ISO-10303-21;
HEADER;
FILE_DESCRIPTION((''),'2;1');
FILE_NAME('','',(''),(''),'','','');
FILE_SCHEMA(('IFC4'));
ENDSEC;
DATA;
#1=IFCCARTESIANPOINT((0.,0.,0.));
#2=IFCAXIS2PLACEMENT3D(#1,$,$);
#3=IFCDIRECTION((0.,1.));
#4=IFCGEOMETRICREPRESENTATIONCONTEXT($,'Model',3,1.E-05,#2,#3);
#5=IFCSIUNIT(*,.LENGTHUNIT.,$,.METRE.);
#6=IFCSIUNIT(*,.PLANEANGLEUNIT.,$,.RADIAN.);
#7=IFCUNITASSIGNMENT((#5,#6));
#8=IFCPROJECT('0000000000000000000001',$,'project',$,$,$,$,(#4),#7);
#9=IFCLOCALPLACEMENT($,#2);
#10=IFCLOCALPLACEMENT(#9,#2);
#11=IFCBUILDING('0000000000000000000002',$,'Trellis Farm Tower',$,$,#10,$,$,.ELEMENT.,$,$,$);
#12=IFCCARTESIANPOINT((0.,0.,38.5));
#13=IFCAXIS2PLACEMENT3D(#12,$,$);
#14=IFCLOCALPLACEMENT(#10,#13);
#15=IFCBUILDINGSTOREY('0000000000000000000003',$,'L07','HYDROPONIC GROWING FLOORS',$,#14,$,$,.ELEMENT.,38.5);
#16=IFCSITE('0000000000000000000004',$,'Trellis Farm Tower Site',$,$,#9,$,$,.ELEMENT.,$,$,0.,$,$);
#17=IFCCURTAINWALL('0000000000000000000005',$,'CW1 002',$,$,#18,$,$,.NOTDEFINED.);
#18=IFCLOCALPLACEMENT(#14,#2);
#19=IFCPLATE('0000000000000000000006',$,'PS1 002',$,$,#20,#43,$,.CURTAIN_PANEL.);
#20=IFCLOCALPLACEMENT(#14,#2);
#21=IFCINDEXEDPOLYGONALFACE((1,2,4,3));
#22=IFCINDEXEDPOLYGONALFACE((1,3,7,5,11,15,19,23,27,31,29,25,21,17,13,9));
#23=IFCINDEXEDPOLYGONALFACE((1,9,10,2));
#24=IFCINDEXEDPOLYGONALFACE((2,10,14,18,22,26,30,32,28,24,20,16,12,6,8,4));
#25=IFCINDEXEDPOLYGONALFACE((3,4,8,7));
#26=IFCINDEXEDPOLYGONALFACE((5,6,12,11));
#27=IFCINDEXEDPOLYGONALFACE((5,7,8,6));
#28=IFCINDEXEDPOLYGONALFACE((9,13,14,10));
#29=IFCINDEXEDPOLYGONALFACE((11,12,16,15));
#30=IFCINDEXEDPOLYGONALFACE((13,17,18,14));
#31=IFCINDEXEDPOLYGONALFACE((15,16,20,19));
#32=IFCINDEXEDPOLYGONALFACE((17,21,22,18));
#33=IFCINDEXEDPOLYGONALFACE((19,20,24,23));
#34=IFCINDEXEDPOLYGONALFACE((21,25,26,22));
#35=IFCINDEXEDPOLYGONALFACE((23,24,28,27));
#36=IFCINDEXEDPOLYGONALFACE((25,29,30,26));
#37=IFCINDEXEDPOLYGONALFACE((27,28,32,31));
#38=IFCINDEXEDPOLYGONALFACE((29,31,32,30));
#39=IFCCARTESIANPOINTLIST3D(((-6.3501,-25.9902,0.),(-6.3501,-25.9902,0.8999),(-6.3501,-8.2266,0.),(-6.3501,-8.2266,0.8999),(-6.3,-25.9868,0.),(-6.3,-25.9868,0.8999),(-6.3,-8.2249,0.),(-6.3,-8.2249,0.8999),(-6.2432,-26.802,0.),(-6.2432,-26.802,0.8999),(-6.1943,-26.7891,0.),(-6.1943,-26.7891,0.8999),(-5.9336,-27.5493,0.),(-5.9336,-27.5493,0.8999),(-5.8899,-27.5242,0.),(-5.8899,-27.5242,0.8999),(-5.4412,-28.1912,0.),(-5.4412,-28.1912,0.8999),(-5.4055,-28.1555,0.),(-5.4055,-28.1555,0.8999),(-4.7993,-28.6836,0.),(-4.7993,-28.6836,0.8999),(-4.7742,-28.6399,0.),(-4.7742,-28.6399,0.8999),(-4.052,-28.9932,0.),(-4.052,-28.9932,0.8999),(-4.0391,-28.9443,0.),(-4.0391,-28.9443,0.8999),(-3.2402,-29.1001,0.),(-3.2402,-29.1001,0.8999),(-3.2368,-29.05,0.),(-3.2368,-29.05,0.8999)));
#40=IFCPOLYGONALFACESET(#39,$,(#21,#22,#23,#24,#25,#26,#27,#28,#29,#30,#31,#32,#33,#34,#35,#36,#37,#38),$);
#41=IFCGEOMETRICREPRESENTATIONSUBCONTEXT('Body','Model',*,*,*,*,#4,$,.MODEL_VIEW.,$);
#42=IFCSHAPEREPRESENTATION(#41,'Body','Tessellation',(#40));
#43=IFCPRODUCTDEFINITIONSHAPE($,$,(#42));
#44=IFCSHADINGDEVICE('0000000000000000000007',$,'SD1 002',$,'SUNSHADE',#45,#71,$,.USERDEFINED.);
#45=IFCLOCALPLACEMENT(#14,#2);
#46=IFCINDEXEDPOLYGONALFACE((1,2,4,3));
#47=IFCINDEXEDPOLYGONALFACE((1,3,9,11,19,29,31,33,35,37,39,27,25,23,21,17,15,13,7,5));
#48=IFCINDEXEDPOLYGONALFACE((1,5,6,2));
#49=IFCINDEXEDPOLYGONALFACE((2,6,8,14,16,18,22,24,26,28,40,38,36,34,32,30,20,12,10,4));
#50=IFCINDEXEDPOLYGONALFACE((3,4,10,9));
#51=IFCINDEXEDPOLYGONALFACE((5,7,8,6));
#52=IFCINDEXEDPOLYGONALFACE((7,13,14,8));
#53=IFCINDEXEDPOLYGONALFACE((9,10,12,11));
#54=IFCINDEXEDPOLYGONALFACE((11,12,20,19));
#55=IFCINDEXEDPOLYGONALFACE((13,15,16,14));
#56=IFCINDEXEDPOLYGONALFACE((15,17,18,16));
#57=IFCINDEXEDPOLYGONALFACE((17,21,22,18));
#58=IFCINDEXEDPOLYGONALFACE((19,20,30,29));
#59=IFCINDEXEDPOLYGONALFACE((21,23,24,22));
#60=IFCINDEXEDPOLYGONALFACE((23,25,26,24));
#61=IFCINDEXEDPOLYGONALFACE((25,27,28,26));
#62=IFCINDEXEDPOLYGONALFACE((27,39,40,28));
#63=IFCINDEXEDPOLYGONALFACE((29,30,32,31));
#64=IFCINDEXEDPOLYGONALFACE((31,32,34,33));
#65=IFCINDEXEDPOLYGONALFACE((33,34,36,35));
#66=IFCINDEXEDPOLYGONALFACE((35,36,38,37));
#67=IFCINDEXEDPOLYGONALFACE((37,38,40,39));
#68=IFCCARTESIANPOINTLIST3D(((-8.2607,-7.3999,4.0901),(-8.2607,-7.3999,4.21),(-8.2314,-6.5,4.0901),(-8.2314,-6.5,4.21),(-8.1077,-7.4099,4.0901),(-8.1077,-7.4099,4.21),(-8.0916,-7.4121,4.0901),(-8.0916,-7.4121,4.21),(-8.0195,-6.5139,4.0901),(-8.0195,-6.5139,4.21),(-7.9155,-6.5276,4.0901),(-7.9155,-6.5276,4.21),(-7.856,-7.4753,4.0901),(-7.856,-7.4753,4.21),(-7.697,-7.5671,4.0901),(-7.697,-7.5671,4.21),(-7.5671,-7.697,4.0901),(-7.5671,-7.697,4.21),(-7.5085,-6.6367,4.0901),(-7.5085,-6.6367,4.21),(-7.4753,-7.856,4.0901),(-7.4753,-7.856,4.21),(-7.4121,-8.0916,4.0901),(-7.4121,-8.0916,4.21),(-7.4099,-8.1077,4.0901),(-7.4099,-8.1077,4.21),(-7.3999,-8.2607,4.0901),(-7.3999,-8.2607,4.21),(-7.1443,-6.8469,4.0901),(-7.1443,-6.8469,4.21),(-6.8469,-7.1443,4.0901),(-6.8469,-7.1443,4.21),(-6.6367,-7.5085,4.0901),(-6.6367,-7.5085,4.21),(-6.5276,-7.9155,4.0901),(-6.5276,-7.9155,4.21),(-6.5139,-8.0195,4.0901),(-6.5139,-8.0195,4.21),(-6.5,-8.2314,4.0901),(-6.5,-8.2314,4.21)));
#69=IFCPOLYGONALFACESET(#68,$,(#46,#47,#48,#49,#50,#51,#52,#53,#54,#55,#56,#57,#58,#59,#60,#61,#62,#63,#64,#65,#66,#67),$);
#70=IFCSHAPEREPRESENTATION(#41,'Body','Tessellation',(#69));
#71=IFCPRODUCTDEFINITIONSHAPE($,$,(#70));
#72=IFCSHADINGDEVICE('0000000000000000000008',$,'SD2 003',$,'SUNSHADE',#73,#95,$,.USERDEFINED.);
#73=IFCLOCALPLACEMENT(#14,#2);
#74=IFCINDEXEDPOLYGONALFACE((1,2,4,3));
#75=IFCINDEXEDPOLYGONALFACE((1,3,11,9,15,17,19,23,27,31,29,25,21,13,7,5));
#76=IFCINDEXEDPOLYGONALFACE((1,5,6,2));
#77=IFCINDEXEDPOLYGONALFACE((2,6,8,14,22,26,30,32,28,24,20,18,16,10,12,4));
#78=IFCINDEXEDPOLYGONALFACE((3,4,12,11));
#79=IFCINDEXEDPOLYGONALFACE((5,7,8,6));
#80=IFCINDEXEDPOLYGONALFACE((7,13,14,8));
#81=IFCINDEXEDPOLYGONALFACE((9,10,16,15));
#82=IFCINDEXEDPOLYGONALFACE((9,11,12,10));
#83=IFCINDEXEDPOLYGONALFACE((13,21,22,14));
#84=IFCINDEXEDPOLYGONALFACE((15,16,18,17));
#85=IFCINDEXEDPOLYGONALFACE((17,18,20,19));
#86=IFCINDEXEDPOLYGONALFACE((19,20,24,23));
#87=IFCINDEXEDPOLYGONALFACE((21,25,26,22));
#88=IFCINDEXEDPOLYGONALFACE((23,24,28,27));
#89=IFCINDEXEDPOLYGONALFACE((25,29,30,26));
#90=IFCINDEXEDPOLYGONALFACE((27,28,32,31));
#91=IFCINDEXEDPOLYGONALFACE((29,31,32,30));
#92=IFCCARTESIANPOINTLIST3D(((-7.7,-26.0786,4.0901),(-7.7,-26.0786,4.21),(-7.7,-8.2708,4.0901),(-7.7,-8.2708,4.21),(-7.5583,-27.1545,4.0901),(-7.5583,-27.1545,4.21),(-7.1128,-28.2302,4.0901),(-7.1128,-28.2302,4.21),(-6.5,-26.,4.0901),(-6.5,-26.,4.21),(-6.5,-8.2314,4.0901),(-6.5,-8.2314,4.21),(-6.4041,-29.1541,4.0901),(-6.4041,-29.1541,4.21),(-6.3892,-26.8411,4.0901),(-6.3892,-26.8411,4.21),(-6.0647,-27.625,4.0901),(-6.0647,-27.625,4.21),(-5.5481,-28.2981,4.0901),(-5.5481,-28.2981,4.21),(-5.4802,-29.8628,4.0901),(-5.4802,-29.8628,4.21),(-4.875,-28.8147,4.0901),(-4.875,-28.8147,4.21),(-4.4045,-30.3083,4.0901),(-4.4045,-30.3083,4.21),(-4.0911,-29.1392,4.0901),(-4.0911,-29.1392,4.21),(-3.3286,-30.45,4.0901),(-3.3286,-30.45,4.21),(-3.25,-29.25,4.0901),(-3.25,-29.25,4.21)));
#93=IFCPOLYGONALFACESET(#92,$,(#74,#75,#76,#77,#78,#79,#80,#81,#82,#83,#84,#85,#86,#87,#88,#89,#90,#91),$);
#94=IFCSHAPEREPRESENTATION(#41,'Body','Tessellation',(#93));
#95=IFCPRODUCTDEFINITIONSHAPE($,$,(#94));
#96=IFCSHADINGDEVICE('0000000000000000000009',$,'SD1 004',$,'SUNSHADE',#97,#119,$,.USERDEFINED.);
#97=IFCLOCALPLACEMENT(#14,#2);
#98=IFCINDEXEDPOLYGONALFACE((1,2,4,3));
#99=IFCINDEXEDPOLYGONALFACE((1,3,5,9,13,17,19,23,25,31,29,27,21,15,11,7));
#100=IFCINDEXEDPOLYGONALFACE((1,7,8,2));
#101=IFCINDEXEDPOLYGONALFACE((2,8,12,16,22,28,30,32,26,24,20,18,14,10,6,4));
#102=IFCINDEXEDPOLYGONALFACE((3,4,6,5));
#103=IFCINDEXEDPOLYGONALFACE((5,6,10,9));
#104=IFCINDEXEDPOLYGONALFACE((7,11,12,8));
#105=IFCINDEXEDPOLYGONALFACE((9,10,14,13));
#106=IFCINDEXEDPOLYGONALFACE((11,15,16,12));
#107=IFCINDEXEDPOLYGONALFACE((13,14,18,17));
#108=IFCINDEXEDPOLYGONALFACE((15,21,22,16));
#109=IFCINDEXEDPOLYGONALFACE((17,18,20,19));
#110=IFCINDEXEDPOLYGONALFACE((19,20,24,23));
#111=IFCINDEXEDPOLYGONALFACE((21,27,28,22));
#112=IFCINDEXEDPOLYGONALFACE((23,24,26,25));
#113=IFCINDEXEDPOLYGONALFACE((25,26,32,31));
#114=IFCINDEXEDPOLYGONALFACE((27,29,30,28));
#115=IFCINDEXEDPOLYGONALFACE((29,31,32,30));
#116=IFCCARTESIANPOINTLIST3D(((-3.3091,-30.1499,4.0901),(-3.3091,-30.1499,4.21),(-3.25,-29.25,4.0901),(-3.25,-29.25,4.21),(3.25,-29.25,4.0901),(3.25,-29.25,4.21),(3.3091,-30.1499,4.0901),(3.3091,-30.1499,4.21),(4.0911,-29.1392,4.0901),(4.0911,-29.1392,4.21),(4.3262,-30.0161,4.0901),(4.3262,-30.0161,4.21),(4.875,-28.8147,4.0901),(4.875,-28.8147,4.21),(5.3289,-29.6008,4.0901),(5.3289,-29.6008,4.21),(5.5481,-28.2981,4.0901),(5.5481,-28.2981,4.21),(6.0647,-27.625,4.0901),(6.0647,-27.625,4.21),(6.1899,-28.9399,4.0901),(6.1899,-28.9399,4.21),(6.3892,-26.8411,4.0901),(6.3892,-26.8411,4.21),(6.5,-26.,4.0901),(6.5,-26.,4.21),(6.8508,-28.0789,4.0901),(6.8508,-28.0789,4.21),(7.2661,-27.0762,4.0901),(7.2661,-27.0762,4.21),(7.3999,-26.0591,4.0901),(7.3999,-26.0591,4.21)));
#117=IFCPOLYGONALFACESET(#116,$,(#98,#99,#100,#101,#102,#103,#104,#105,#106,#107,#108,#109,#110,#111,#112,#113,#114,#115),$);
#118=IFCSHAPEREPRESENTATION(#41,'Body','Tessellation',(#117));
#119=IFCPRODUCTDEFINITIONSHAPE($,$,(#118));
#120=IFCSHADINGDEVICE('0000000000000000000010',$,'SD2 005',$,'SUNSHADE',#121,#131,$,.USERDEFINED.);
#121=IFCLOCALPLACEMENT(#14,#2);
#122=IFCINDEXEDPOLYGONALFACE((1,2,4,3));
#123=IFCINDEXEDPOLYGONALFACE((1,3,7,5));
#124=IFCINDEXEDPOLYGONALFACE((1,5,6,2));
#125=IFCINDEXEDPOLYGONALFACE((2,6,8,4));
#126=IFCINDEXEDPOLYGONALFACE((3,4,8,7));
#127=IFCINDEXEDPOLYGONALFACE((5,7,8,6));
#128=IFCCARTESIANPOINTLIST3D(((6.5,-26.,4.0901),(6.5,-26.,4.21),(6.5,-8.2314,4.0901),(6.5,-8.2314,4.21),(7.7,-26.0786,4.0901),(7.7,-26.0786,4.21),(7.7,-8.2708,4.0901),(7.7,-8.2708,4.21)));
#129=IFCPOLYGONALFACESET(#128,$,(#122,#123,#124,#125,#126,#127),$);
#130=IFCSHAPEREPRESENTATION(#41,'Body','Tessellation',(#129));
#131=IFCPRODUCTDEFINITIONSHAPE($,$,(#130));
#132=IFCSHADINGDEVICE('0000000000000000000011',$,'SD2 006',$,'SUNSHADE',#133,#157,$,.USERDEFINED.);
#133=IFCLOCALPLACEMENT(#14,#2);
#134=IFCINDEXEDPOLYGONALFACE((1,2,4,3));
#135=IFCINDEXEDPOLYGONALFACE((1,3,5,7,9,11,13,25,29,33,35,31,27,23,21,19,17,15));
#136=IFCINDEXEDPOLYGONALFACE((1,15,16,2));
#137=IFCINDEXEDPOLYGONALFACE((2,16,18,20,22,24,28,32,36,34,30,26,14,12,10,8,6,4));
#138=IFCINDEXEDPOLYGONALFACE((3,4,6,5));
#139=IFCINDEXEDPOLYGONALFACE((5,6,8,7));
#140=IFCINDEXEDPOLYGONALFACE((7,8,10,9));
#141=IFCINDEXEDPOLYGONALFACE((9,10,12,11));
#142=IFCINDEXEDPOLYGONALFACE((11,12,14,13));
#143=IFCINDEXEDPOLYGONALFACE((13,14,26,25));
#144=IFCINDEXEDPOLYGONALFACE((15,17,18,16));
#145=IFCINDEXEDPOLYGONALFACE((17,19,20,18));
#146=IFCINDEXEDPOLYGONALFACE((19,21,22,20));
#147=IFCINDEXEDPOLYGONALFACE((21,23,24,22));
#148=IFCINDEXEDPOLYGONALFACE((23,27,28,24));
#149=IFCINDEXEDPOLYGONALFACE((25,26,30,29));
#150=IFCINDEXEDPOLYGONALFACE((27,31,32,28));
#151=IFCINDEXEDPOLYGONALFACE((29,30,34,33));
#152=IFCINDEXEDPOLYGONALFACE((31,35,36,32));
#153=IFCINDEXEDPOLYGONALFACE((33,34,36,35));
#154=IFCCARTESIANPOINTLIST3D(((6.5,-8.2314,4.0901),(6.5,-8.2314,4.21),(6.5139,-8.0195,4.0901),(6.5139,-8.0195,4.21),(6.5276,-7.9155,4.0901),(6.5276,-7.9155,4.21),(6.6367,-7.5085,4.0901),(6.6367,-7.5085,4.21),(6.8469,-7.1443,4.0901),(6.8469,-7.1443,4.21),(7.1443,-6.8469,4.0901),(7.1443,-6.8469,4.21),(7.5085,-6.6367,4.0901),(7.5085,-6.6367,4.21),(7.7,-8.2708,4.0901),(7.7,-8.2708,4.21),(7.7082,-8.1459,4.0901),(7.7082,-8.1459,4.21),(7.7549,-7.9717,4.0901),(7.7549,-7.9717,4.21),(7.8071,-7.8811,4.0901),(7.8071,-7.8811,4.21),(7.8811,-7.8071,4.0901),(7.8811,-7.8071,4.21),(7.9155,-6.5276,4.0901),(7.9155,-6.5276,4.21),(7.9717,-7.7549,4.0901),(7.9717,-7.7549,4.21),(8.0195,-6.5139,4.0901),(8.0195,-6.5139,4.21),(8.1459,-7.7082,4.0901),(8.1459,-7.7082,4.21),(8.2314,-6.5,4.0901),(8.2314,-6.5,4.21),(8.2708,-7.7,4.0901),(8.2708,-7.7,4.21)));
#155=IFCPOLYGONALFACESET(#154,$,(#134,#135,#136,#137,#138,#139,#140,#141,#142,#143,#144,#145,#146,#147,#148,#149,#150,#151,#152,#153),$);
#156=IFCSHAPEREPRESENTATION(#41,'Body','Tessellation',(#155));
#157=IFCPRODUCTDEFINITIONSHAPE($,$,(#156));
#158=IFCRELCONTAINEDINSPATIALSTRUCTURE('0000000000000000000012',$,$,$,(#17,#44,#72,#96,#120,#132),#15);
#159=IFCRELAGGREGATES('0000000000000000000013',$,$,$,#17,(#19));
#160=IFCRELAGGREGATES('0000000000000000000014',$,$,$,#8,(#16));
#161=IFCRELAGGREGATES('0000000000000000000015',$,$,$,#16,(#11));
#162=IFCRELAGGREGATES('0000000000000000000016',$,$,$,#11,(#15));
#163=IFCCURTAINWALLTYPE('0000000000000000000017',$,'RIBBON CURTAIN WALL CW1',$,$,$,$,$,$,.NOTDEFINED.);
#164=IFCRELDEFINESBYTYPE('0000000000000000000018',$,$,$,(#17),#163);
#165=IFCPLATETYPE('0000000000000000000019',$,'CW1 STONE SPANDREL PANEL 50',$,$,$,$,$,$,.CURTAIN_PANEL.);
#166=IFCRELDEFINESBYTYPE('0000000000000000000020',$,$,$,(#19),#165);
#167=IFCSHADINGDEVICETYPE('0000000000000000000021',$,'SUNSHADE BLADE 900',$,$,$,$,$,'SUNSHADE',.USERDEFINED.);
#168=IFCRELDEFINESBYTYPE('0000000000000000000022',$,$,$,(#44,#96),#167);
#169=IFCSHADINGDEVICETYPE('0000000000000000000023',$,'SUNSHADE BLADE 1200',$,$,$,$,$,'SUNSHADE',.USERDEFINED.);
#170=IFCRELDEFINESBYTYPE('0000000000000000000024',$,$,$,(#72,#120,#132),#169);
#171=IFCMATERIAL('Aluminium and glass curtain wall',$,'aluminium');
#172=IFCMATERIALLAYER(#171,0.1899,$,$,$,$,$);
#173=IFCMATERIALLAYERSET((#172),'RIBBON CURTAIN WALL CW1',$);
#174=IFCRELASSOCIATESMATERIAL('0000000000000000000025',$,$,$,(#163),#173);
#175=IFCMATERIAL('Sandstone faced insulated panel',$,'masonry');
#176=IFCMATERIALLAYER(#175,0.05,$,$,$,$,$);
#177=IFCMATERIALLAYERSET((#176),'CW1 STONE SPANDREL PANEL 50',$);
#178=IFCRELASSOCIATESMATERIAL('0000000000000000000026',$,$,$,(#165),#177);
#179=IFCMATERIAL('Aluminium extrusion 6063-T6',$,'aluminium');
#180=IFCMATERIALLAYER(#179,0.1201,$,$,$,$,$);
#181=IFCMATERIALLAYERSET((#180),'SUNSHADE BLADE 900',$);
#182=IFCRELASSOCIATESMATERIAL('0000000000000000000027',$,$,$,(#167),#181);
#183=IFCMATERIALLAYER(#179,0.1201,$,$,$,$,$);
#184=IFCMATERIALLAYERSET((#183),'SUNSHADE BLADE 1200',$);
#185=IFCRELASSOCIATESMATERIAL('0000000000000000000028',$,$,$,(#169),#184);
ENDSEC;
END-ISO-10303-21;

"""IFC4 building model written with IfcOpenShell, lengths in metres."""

from ifc_helpers import new_model, si_unit, direction, frame, origin, place, context, subcontext, project, spatial, polyline, outline, extrude, source, transform, mapped, material, layer, layer_set, type_object, element, aggregate, save


model = new_model("IFC4")

# Units and contexts
model_context = context("Model", 3, precision=1e-05, world=origin(), true_north=direction((0.0, 1.0)))
body_context = subcontext(model_context, "Body", "Model", "MODEL_VIEW")
ifc_project = project(units=[si_unit("LENGTHUNIT", "METRE"), si_unit("PLANEANGLEUNIT", "RADIAN")], contexts=[model_context])

# Site, building, storey
site_placement = place(None, origin())
site = spatial("IfcSite", under=ifc_project, at=site_placement, Name="Trellis Farm Tower Site", CompositionType="ELEMENT", RefElevation=0.0)
building_placement = place(site_placement, origin())
building = spatial("IfcBuilding", under=site, at=building_placement, Name="Trellis Farm Tower", CompositionType="ELEMENT")
storey_placement = place(building_placement, frame((0.0, 0.0, 38.5)))
storey = spatial("IfcBuildingStorey", under=building, at=storey_placement, Name="L07", Description="HYDROPONIC GROWING FLOORS", CompositionType="ELEMENT", Elevation=38.5)

# Curtain wall
ifc_material_1 = material(Name="Aluminium and glass curtain wall", Category="aluminium")
placement_1 = place(storey_placement, origin())
ifc_material_2 = material(Name="Aluminium extrusion 6063-T6", Category="aluminium")
ifc_layer_1 = layer(ifc_material_1, 0.1899)
ifc_layer_set_1 = layer_set([ifc_layer_1], Name="RIBBON CURTAIN WALL CW1")
curtain_wall_type_1 = type_object("IfcCurtainWallType", Name="RIBBON CURTAIN WALL CW1", PredefinedType="NOTDEFINED", material=ifc_layer_set_1)
curtain_wall_1 = element("IfcCurtainWall", 1, at=placement_1, inside=storey, type_object=curtain_wall_type_1, Name="CW1 002", PredefinedType="NOTDEFINED")

# Shared definitions
ifc_material_3 = material(Name="Sandstone faced insulated panel", Category="masonry")
ifc_layer_2 = layer(ifc_material_3, 0.05)
ifc_layer_set_2 = layer_set([ifc_layer_2], Name="CW1 STONE SPANDREL PANEL 50")
plate_type_1 = type_object("IfcPlateType", Name="CW1 STONE SPANDREL PANEL 50", PredefinedType="CURTAIN_PANEL", material=ifc_layer_set_2)

# Plate
shared_shape_1 = source(origin(), body_context, "Body", "SweptSolid", [
    extrude(outline(polyline([(-6.3501, -8.2266), (-6.3501, -25.9902), (-6.2432, -26.802), (-5.9336, -27.5493), (-5.4412, -28.1912), (-4.7993, -28.6836), (-4.052, -28.9932), (-3.2402, -29.1001), (-3.2368, -29.05), (-4.0391, -28.9443), (-4.7742, -28.6399), (-5.4055, -28.1555), (-5.8899, -27.5242), (-6.1943, -26.7891), (-6.3, -25.9868), (-6.3, -8.2249), (-6.3501, -8.2266)])), origin(), (0.0, 0.0, 1.0), 0.8999),
])
plate_1 = element("IfcPlate", 2, at=placement_1, type_object=plate_type_1, Name="PS1 002", PredefinedType="CURTAIN_PANEL", context=body_context, shape_type="MappedRepresentation", body=[
    mapped(shared_shape_1, transform((0.0, 0.0, 0.0))),
])
aggregate(curtain_wall_1, [plate_1])

# Shading devices
ifc_layer_3 = layer(ifc_material_2, 0.1201)
ifc_layer_set_3 = layer_set([ifc_layer_3], Name="SUNSHADE BLADE 900")
shading_device_type_1 = type_object("IfcShadingDeviceType", Name="SUNSHADE BLADE 900", ElementType="SUNSHADE", PredefinedType="USERDEFINED", material=ifc_layer_set_3)
shared_shape_2 = source(origin(), body_context, "Body", "SweptSolid", [
    extrude(outline(polyline([(-8.2607, -7.3999), (-8.1077, -7.4099), (-8.0916, -7.4121), (-7.856, -7.4753), (-7.697, -7.5671), (-7.5671, -7.697), (-7.4753, -7.856), (-7.4121, -8.0916), (-7.4099, -8.1077), (-7.3999, -8.2607), (-6.5, -8.2314), (-6.5139, -8.0195), (-6.5276, -7.9155), (-6.6367, -7.5085), (-6.8469, -7.1443), (-7.1443, -6.8469), (-7.5085, -6.6367), (-7.9155, -6.5276), (-8.0195, -6.5139), (-8.2314, -6.5), (-8.2607, -7.3999)])), origin(), (0.0, 0.0, 1.0), 0.1199),
])
placement_2 = place(storey_placement, frame((0.0, 0.0, 4.0901)))
element("IfcShadingDevice", 3, at=placement_2, inside=storey, type_object=shading_device_type_1, Name="SD1 002", ObjectType="SUNSHADE", PredefinedType="USERDEFINED", context=body_context, shape_type="MappedRepresentation", body=[
    mapped(shared_shape_2, transform((0.0, 0.0, 0.0))),
])
ifc_layer_4 = layer(ifc_material_2, 0.1201)
ifc_layer_set_4 = layer_set([ifc_layer_4], Name="SUNSHADE BLADE 1200")
shading_device_type_2 = type_object("IfcShadingDeviceType", Name="SUNSHADE BLADE 1200", ElementType="SUNSHADE", PredefinedType="USERDEFINED", material=ifc_layer_set_4)
shared_shape_3 = source(origin(), body_context, "Body", "SweptSolid", [
    extrude(outline(polyline([(-7.7, -8.2708), (-7.7, -26.0786), (-7.5583, -27.1545), (-7.1128, -28.2302), (-6.4041, -29.1541), (-5.4802, -29.8628), (-4.4045, -30.3083), (-3.3286, -30.45), (-3.25, -29.25), (-4.0911, -29.1392), (-4.875, -28.8147), (-5.5481, -28.2981), (-6.0647, -27.625), (-6.3892, -26.8411), (-6.5, -26.0), (-6.5, -8.2314), (-7.7, -8.2708)])), origin(), (0.0, 0.0, 1.0), 0.1199),
])
element("IfcShadingDevice", 4, at=placement_2, inside=storey, type_object=shading_device_type_2, Name="SD2 003", ObjectType="SUNSHADE", PredefinedType="USERDEFINED", context=body_context, shape_type="MappedRepresentation", body=[
    mapped(shared_shape_3, transform((0.0, 0.0, 0.0))),
])
shared_shape_4 = source(origin(), body_context, "Body", "SweptSolid", [
    extrude(outline(polyline([(-3.3091, -30.1499), (3.3091, -30.1499), (4.3262, -30.0161), (5.3289, -29.6008), (6.1899, -28.9399), (6.8508, -28.0789), (7.2661, -27.0762), (7.3999, -26.0591), (6.5, -26.0), (6.3892, -26.8411), (6.0647, -27.625), (5.5481, -28.2981), (4.875, -28.8147), (4.0911, -29.1392), (3.25, -29.25), (-3.25, -29.25), (-3.3091, -30.1499)])), origin(), (0.0, 0.0, 1.0), 0.1199),
])
element("IfcShadingDevice", 5, at=placement_2, inside=storey, type_object=shading_device_type_1, Name="SD1 004", ObjectType="SUNSHADE", PredefinedType="USERDEFINED", context=body_context, shape_type="MappedRepresentation", body=[
    mapped(shared_shape_4, transform((0.0, 0.0, 0.0))),
])
shared_shape_5 = source(origin(), body_context, "Body", "SweptSolid", [
    extrude(outline(polyline([(7.7, -26.0786), (7.7, -8.2708), (6.5, -8.2314), (6.5, -26.0), (7.7, -26.0786)])), origin(), (0.0, 0.0, 1.0), 0.1199),
])
element("IfcShadingDevice", 6, at=placement_2, inside=storey, type_object=shading_device_type_2, Name="SD2 005", ObjectType="SUNSHADE", PredefinedType="USERDEFINED", context=body_context, shape_type="MappedRepresentation", body=[
    mapped(shared_shape_5, transform((0.0, 0.0, 0.0))),
])
shared_shape_6 = source(origin(), body_context, "Body", "SweptSolid", [
    extrude(outline(polyline([(7.7, -8.2708), (7.7087, -8.1372), (7.707, -8.1501), (7.7549, -7.9717), (7.8071, -7.8811), (7.8811, -7.8071), (7.9717, -7.7549), (8.1501, -7.707), (8.1372, -7.7087), (8.2708, -7.7), (8.2314, -6.5), (8.0195, -6.5139), (7.9155, -6.5276), (7.5085, -6.6367), (7.1443, -6.8469), (6.8469, -7.1443), (6.6367, -7.5085), (6.5276, -7.9155), (6.5139, -8.0195), (6.5, -8.2314), (7.7, -8.2708)])), origin(), (0.0, 0.0, 1.0), 0.1199),
])
element("IfcShadingDevice", 7, at=placement_2, inside=storey, type_object=shading_device_type_2, Name="SD2 006", ObjectType="SUNSHADE", PredefinedType="USERDEFINED", context=body_context, shape_type="MappedRepresentation", body=[
    mapped(shared_shape_6, transform((0.0, 0.0, 0.0))),
])

save(model, "model.ifc")
